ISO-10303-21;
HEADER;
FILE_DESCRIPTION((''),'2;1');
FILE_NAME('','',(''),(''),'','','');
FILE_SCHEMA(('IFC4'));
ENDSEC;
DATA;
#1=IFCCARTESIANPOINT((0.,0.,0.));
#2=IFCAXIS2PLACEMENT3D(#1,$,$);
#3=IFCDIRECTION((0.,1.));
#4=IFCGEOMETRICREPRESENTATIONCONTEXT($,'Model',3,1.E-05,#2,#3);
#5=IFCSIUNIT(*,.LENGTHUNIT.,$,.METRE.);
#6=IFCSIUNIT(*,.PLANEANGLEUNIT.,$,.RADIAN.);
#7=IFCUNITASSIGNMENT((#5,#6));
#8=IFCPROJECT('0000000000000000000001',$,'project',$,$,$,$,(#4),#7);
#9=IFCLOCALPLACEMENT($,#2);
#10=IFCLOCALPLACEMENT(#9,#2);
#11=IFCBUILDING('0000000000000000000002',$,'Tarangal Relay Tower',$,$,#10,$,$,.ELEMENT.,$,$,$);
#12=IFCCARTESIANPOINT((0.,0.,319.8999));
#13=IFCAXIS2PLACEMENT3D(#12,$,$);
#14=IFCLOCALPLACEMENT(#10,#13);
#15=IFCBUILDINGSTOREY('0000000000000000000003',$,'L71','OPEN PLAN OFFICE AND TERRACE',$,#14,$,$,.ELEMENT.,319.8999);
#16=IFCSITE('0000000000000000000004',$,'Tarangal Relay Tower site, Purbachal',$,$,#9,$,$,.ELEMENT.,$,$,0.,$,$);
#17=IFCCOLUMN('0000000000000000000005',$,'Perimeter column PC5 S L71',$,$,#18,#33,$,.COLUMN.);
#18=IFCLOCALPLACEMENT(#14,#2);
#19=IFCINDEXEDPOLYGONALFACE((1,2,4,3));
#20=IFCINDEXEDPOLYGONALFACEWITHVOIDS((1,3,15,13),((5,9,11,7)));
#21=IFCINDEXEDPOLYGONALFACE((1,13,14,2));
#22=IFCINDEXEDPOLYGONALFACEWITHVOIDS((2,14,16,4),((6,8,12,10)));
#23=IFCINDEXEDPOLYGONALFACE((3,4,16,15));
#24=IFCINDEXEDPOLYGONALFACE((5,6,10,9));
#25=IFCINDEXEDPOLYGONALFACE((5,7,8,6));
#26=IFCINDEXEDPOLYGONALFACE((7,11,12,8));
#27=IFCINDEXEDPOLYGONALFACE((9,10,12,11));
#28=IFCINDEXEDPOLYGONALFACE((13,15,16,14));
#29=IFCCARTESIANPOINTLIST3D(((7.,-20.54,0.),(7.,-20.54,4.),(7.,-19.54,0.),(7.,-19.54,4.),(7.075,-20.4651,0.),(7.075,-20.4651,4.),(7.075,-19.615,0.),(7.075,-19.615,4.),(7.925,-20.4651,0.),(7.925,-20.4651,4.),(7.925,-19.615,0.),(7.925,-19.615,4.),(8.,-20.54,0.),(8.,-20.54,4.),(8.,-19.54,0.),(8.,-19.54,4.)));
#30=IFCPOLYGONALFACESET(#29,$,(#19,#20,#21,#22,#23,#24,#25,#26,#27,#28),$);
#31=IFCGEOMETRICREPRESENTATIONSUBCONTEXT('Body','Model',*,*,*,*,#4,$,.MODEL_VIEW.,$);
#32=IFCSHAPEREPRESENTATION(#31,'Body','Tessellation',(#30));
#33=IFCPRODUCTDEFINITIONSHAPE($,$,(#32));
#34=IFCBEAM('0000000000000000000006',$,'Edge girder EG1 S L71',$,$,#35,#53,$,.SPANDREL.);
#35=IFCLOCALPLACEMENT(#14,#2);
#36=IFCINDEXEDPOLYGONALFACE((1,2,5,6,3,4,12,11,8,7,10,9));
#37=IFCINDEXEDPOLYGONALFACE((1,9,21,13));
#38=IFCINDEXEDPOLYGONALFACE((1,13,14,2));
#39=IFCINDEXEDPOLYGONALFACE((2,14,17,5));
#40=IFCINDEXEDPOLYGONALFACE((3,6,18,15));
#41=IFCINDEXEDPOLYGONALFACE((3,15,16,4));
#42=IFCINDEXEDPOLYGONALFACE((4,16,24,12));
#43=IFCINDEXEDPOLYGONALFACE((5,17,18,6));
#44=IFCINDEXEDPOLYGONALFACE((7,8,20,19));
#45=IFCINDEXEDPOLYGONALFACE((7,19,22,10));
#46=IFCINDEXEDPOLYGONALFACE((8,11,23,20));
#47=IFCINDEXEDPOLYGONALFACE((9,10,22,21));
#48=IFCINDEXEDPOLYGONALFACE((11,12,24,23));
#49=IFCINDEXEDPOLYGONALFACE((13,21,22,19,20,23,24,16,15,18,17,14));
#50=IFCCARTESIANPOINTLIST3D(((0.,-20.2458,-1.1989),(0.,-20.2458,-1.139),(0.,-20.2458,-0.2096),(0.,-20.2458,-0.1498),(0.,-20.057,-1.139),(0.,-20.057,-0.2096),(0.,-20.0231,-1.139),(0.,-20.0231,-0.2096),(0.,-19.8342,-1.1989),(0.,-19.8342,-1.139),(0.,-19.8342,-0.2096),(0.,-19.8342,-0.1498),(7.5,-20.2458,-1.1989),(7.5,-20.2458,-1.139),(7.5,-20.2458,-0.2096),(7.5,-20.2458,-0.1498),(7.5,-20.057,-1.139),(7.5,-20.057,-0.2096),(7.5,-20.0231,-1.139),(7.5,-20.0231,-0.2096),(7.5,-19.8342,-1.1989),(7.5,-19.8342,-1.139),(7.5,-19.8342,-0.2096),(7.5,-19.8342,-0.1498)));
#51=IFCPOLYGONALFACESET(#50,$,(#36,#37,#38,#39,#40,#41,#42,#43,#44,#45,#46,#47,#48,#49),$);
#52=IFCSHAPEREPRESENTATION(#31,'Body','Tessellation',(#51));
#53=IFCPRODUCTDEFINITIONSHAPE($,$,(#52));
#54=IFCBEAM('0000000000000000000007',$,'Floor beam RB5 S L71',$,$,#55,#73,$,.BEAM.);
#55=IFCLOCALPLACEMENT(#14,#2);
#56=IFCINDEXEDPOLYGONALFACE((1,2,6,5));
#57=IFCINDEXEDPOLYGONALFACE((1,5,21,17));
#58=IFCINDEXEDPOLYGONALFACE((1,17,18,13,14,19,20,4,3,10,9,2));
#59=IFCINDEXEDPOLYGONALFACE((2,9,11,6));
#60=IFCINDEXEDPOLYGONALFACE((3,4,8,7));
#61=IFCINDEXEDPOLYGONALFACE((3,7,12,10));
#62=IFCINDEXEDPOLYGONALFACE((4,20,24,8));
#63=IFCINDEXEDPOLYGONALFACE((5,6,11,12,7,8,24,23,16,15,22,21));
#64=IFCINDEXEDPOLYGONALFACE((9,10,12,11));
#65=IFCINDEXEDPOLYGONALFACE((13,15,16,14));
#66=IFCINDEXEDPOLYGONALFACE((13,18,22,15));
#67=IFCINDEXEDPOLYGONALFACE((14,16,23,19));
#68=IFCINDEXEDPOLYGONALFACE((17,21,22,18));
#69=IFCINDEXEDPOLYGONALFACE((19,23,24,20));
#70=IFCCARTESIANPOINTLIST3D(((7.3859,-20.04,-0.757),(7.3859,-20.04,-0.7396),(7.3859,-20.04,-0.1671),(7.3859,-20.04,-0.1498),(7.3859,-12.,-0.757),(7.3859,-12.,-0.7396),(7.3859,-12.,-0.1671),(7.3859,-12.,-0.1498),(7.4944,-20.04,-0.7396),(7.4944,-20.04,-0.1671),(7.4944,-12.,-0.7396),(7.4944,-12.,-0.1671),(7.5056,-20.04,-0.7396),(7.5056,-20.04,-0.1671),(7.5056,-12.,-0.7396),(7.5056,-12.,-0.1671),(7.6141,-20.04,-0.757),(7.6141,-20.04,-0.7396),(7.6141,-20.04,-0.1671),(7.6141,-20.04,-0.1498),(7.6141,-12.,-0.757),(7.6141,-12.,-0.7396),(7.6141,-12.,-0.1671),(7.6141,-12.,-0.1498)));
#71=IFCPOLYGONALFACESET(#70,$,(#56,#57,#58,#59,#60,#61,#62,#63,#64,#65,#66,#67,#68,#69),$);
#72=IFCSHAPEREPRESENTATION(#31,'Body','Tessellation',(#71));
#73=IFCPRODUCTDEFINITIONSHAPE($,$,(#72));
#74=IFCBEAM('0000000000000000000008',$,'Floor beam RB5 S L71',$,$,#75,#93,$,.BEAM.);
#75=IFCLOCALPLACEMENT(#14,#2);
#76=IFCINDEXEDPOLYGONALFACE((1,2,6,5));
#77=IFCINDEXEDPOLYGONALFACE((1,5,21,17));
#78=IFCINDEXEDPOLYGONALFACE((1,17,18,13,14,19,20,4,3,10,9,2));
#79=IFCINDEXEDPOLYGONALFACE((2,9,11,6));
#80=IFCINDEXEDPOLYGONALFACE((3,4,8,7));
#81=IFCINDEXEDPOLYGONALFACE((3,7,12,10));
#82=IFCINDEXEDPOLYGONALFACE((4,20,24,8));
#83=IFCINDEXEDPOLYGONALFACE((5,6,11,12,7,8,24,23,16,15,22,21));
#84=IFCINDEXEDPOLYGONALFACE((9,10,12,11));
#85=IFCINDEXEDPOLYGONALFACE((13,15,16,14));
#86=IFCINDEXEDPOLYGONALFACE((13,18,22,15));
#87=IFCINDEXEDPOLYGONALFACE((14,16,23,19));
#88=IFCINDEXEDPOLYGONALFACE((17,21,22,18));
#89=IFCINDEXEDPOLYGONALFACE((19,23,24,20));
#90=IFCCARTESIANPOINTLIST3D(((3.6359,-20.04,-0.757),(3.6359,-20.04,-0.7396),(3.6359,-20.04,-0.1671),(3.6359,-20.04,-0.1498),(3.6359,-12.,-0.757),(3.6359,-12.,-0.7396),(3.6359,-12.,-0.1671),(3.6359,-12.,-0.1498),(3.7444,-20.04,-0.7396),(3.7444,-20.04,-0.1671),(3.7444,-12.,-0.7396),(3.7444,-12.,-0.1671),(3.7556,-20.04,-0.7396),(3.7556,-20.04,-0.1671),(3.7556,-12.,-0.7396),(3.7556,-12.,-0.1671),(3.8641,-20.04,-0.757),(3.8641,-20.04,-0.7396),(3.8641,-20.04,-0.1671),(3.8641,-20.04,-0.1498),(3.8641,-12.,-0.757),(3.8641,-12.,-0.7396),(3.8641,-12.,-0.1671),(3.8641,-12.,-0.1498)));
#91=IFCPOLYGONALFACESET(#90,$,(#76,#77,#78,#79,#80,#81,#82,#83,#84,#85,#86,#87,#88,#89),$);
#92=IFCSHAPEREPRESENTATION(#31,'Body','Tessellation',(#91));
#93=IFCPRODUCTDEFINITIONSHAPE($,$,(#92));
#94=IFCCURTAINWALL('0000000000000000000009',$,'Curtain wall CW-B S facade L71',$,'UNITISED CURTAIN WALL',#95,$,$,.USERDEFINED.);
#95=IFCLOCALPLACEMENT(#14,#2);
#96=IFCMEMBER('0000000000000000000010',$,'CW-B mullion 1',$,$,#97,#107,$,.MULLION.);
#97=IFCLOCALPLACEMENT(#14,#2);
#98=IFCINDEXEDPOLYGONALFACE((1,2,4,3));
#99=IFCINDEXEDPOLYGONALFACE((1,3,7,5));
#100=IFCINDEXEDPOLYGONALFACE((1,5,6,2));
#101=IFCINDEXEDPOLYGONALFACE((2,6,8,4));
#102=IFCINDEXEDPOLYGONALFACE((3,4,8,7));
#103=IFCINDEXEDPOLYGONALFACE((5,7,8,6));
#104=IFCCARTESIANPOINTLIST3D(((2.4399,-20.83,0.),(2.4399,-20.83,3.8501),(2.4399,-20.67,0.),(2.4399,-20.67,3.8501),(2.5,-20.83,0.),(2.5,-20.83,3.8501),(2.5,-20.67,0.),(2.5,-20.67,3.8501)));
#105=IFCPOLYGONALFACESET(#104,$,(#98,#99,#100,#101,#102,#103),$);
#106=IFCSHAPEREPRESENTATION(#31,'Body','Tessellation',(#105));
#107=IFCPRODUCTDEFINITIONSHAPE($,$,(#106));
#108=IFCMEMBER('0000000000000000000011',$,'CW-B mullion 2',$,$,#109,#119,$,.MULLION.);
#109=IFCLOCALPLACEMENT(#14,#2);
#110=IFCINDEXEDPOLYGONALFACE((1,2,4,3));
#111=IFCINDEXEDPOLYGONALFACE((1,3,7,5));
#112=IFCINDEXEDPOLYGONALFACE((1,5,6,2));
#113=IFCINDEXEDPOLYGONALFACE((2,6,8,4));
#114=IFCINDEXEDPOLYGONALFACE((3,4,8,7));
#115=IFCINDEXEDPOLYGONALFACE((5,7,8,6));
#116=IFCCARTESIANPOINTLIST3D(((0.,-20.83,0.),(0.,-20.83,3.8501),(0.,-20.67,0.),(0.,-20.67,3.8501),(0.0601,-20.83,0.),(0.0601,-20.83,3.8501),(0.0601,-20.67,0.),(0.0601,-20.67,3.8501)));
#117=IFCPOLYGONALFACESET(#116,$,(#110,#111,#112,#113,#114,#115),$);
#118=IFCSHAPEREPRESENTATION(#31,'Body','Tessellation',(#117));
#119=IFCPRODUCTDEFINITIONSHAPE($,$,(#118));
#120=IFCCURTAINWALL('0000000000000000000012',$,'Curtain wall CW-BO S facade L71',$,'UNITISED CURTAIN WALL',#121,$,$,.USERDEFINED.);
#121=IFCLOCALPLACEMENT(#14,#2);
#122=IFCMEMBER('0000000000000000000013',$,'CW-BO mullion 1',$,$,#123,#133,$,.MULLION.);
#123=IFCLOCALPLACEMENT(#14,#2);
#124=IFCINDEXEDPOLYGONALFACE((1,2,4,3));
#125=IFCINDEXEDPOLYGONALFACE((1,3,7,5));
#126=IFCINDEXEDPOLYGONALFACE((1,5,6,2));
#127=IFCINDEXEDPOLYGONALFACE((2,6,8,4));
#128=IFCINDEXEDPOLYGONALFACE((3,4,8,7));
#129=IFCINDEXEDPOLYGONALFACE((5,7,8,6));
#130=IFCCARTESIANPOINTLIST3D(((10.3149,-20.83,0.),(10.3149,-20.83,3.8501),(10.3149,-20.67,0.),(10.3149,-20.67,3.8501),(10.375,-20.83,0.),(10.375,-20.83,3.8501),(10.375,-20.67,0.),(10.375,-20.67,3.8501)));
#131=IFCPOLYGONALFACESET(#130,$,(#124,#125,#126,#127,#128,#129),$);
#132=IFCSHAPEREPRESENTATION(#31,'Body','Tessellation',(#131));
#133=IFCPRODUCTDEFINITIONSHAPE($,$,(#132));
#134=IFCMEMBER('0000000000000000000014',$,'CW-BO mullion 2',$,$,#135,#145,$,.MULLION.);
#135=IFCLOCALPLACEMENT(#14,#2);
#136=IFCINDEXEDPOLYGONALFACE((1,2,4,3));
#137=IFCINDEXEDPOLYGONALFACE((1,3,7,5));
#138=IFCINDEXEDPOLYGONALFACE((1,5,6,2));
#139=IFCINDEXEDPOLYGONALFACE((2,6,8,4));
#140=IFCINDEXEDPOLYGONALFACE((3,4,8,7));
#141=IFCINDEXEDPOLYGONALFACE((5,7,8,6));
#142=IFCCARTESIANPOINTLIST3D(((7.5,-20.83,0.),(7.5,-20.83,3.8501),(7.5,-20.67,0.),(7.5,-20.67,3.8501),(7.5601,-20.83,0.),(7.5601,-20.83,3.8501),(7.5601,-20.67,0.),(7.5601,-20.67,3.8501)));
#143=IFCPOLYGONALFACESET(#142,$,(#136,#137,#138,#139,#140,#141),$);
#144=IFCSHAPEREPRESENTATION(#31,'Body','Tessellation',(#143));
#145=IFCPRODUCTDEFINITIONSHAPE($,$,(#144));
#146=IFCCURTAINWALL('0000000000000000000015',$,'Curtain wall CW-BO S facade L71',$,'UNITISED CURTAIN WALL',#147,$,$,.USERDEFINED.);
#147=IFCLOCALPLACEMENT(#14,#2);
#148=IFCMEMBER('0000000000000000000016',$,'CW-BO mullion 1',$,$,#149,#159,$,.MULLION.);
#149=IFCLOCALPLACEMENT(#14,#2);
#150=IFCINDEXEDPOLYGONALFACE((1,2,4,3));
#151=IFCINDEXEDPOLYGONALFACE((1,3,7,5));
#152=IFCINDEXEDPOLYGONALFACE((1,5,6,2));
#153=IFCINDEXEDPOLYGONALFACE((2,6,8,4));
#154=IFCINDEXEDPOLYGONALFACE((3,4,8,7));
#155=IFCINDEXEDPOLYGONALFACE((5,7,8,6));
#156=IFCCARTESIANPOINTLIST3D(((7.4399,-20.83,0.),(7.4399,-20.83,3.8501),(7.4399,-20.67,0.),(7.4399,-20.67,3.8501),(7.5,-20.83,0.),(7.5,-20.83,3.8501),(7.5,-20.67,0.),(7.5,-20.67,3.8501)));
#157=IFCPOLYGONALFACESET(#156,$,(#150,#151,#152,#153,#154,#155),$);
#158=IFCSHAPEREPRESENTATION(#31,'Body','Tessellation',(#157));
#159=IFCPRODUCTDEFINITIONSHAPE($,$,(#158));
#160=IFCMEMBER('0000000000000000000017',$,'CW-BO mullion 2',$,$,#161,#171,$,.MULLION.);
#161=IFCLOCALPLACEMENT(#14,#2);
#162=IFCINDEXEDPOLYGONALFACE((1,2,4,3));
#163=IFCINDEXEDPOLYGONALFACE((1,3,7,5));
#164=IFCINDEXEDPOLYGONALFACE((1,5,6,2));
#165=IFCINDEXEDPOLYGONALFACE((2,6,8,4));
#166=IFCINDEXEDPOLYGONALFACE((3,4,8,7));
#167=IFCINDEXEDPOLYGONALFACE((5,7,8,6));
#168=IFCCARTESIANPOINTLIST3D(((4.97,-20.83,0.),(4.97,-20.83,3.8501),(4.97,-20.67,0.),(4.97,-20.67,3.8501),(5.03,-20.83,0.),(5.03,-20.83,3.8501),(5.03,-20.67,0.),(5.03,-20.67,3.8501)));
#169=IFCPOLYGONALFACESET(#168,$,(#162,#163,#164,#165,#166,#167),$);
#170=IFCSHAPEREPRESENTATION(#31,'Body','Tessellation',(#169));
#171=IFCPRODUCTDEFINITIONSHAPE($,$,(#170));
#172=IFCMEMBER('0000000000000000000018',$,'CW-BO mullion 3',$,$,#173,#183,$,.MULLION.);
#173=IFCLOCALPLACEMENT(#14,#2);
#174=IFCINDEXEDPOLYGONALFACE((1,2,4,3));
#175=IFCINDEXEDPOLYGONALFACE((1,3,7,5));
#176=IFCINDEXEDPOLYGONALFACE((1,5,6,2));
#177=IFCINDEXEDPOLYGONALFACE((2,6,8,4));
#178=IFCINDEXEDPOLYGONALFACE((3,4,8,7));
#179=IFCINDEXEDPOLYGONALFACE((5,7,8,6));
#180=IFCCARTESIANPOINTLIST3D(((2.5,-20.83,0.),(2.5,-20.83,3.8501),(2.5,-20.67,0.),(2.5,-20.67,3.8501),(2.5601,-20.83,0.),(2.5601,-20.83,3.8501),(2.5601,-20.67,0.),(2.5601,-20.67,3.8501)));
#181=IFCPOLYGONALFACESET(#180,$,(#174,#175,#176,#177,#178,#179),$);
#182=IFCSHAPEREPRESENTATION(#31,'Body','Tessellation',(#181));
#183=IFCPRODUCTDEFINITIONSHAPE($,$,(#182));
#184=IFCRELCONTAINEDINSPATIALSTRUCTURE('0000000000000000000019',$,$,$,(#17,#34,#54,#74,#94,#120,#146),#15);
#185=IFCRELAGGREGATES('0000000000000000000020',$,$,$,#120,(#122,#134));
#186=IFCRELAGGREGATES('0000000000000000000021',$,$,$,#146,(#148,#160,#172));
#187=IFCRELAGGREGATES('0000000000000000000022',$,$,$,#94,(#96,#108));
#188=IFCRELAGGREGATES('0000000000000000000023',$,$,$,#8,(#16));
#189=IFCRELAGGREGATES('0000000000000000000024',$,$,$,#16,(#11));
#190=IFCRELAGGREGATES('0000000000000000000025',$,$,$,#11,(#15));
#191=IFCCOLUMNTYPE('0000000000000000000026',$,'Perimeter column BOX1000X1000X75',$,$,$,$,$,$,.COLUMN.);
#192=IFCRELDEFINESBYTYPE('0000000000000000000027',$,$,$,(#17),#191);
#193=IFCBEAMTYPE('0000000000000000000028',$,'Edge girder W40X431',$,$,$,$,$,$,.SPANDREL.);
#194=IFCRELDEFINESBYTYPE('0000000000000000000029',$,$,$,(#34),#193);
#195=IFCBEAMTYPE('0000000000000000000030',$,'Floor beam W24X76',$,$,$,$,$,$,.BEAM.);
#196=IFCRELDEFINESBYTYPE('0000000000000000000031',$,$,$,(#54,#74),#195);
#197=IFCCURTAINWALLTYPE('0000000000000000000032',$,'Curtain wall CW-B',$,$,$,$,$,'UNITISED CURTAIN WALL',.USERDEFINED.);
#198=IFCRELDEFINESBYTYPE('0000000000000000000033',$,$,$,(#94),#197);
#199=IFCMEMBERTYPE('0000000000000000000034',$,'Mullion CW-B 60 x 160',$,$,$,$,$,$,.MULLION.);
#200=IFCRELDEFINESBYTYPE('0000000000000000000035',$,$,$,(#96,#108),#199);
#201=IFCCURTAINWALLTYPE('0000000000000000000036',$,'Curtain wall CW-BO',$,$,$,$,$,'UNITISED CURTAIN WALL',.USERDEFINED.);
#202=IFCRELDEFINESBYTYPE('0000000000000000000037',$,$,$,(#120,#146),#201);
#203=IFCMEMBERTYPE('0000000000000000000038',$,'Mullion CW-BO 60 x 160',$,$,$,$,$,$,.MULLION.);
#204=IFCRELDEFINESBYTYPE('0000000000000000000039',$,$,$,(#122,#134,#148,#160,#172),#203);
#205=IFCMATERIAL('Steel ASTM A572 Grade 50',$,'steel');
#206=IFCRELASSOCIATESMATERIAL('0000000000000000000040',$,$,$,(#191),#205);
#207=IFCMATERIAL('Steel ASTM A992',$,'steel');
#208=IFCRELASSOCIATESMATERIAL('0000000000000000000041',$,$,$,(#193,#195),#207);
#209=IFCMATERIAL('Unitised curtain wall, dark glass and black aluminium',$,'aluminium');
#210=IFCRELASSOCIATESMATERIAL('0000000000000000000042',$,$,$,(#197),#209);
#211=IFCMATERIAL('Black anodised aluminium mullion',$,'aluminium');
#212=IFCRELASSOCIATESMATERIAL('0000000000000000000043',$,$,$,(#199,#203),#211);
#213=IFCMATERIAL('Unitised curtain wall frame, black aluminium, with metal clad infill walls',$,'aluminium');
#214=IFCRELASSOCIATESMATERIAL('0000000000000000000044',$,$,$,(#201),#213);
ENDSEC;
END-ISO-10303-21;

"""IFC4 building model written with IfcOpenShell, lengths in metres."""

from ifc_helpers import new_model, si_unit, direction, frame, origin, origin_2d, place, context, subcontext, project, spatial, rectangle, hollow_rectangle, i_section, extrude, material, material_profile, profile_set, type_object, element, aggregate, save


model = new_model("IFC4")

# Units and contexts
model_context = context("Model", 3, precision=1e-05, world=origin(), true_north=direction((0.0, 1.0)))
body_context = subcontext(model_context, "Body", "Model", "MODEL_VIEW")
ifc_project = project(units=[si_unit("LENGTHUNIT", "METRE"), si_unit("PLANEANGLEUNIT", "RADIAN")], contexts=[model_context])

# Site, building, storey
site_placement = place(None, origin())
site = spatial("IfcSite", under=ifc_project, at=site_placement, Name="Tarangal Relay Tower site, Purbachal", CompositionType="ELEMENT", RefElevation=0.0)
building_placement = place(site_placement, origin())
building = spatial("IfcBuilding", under=site, at=building_placement, Name="Tarangal Relay Tower", CompositionType="ELEMENT")
storey_placement = place(building_placement, frame((0.0, 0.0, 319.8999)))
storey = spatial("IfcBuildingStorey", under=building, at=storey_placement, Name="L71", Description="OPEN PLAN OFFICE AND TERRACE", CompositionType="ELEMENT", Elevation=319.8999)

# Column
ifc_material_1 = material(Name="Steel ASTM A572 Grade 50", Category="steel")
ifc_material_profile_1 = material_profile(ifc_material_1, hollow_rectangle(XDim=1.0, YDim=1.0, WallThickness=0.075, at=origin_2d()), Name="BOX1000X1000X75")
ifc_profile_set_1 = profile_set([ifc_material_profile_1], Name="Steel ASTM A572 Grade 50")
column_type = type_object("IfcColumnType", Name="Perimeter column BOX1000X1000X75", PredefinedType="COLUMN", material=ifc_profile_set_1)
column_placement = place(storey_placement, frame((7.5, -20.04, 0.0), z_axis=(0.0, 0.0, 1.0), x_axis=(1.0, 0.0, 0.0)))
element("IfcColumn", 1, at=column_placement, inside=storey, type_object=column_type, Name="Perimeter column PC5 S L71", PredefinedType="COLUMN", context=body_context, shape_type="SweptSolid", body=[
    extrude(hollow_rectangle(XDim=1.0, YDim=1.0, WallThickness=0.075, at=origin_2d()), origin(), (0.0, 0.0, 1.0), 4.0),
])

# Beams
ifc_material_2 = material(Name="Steel ASTM A992", Category="steel")
ifc_material_profile_2 = material_profile(ifc_material_2, i_section(OverallWidth=0.4116, OverallDepth=1.0491, WebThickness=0.0339, FlangeThickness=0.0598, at=origin_2d()), Name="W40X431")
ifc_profile_set_2 = profile_set([ifc_material_profile_2], Name="Steel ASTM A992")
beam_type_1 = type_object("IfcBeamType", Name="Edge girder W40X431", PredefinedType="SPANDREL", material=ifc_profile_set_2)
beam_placement = place(storey_placement, frame((7.5, -20.04, -0.6743), z_axis=(-1.0, 0.0, 0.0), x_axis=(0.0, -1.0, 0.0)))
element("IfcBeam", 2, at=beam_placement, inside=storey, type_object=beam_type_1, Name="Edge girder EG1 S L71", PredefinedType="SPANDREL", context=body_context, shape_type="SweptSolid", body=[
    extrude(i_section(OverallWidth=0.4116, OverallDepth=1.0491, WebThickness=0.0339, FlangeThickness=0.0598, at=origin_2d()), origin(), (0.0, 0.0, 1.0), 7.5),
])
ifc_material_profile_3 = material_profile(ifc_material_2, i_section(OverallWidth=0.2283, OverallDepth=0.6072, WebThickness=0.0112, FlangeThickness=0.0173, at=origin_2d()), Name="W24X76")
ifc_profile_set_3 = profile_set([ifc_material_profile_3], Name="Steel ASTM A992")
beam_type_2 = type_object("IfcBeamType", Name="Floor beam W24X76", PredefinedType="BEAM", material=ifc_profile_set_3)
for number, where, z_axis, x_axis, name in (
    (3, (7.5, -12.0, -0.4534), (0.0, -1.0, 0.0), (1.0, 0.0, 0.0), "Floor beam RB5 S L71"),
    (4, (3.75, -12.0, -0.4534), (0.0, -1.0, 0.0), (1.0, 0.0, 0.0), "Floor beam RB5 S L71"),
):
    element("IfcBeam", number, at=place(storey_placement, frame(where, z_axis=z_axis, x_axis=x_axis)), inside=storey, type_object=beam_type_2, Name=name, PredefinedType="BEAM", context=body_context, shape_type="SweptSolid", body=[
        extrude(i_section(OverallWidth=0.2283, OverallDepth=0.6072, WebThickness=0.0112, FlangeThickness=0.0173, at=origin_2d()), origin(), (0.0, 0.0, 1.0), 8.04),
    ])

# Curtain walls, members
ifc_material_3 = material(Name="Unitised curtain wall, dark glass and black aluminium", Category="aluminium")
curtain_wall_type_1 = type_object("IfcCurtainWallType", Name="Curtain wall CW-B", ElementType="UNITISED CURTAIN WALL", PredefinedType="USERDEFINED", material=ifc_material_3)
curtain_wall_1_placement = place(storey_placement, origin())
curtain_wall_1 = element("IfcCurtainWall", 5, at=curtain_wall_1_placement, inside=storey, type_object=curtain_wall_type_1, Name="Curtain wall CW-B S facade L71", ObjectType="UNITISED CURTAIN WALL", PredefinedType="USERDEFINED")
ifc_material_4 = material(Name="Black anodised aluminium mullion", Category="aluminium")
ifc_material_profile_4 = material_profile(ifc_material_4, rectangle(XDim=0.1599, YDim=0.0601, at=origin_2d()), Name="CW-BM 60X160")
ifc_profile_set_4 = profile_set([ifc_material_profile_4], Name="Black anodised aluminium mullion")
member_type_1 = type_object("IfcMemberType", Name="Mullion CW-B 60 x 160", PredefinedType="MULLION", material=ifc_profile_set_4)
member_1_placement = place(storey_placement, frame((2.47, -20.75, 0.0), z_axis=(0.0, 0.0, 1.0), x_axis=(0.0, -1.0, 0.0)))
member_1 = element("IfcMember", 6, at=member_1_placement, type_object=member_type_1, Name="CW-B mullion 1", PredefinedType="MULLION", context=body_context, shape_type="SweptSolid", body=[
    extrude(rectangle(XDim=0.1599, YDim=0.0601, at=origin_2d()), origin(), (0.0, 0.0, 1.0), 3.8501),
])
member_2_placement = place(storey_placement, frame((0.03, -20.75, 0.0), z_axis=(0.0, 0.0, 1.0), x_axis=(0.0, -1.0, 0.0)))
member_2 = element("IfcMember", 7, at=member_2_placement, type_object=member_type_1, Name="CW-B mullion 2", PredefinedType="MULLION", context=body_context, shape_type="SweptSolid", body=[
    extrude(rectangle(XDim=0.1599, YDim=0.0601, at=origin_2d()), origin(), (0.0, 0.0, 1.0), 3.8501),
])
ifc_material_5 = material(Name="Unitised curtain wall frame, black aluminium, with metal clad infill walls", Category="aluminium")
curtain_wall_type_2 = type_object("IfcCurtainWallType", Name="Curtain wall CW-BO", ElementType="UNITISED CURTAIN WALL", PredefinedType="USERDEFINED", material=ifc_material_5)
curtain_wall_2_placement = place(storey_placement, origin())
curtain_wall_2 = element("IfcCurtainWall", 8, at=curtain_wall_2_placement, inside=storey, type_object=curtain_wall_type_2, Name="Curtain wall CW-BO S facade L71", ObjectType="UNITISED CURTAIN WALL", PredefinedType="USERDEFINED")
ifc_material_profile_5 = material_profile(ifc_material_4, rectangle(XDim=0.1599, YDim=0.0601, at=origin_2d()), Name="CW-BOM 60X160")
ifc_profile_set_5 = profile_set([ifc_material_profile_5], Name="Black anodised aluminium mullion")
member_type_2 = type_object("IfcMemberType", Name="Mullion CW-BO 60 x 160", PredefinedType="MULLION", material=ifc_profile_set_5)
member_3_placement = place(storey_placement, frame((10.345, -20.75, 0.0), z_axis=(0.0, 0.0, 1.0), x_axis=(0.0, -1.0, 0.0)))
member_3 = element("IfcMember", 9, at=member_3_placement, type_object=member_type_2, Name="CW-BO mullion 1", PredefinedType="MULLION", context=body_context, shape_type="SweptSolid", body=[
    extrude(rectangle(XDim=0.1599, YDim=0.0601, at=origin_2d()), origin(), (0.0, 0.0, 1.0), 3.8501),
])
member_4_placement = place(storey_placement, frame((7.53, -20.75, 0.0), z_axis=(0.0, 0.0, 1.0), x_axis=(0.0, -1.0, 0.0)))
member_4 = element("IfcMember", 10, at=member_4_placement, type_object=member_type_2, Name="CW-BO mullion 2", PredefinedType="MULLION", context=body_context, shape_type="SweptSolid", body=[
    extrude(rectangle(XDim=0.1599, YDim=0.0601, at=origin_2d()), origin(), (0.0, 0.0, 1.0), 3.8501),
])
curtain_wall_3_placement = place(storey_placement, origin())
curtain_wall_3 = element("IfcCurtainWall", 11, at=curtain_wall_3_placement, inside=storey, type_object=curtain_wall_type_2, Name="Curtain wall CW-BO S facade L71", ObjectType="UNITISED CURTAIN WALL", PredefinedType="USERDEFINED")
member_5_placement = place(storey_placement, frame((7.47, -20.75, 0.0), z_axis=(0.0, 0.0, 1.0), x_axis=(0.0, -1.0, 0.0)))
member_5 = element("IfcMember", 12, at=member_5_placement, type_object=member_type_2, Name="CW-BO mullion 1", PredefinedType="MULLION", context=body_context, shape_type="SweptSolid", body=[
    extrude(rectangle(XDim=0.1599, YDim=0.0601, at=origin_2d()), origin(), (0.0, 0.0, 1.0), 3.8501),
])
member_6_placement = place(storey_placement, frame((5.0, -20.75, 0.0), z_axis=(0.0, 0.0, 1.0), x_axis=(0.0, -1.0, 0.0)))
member_6 = element("IfcMember", 13, at=member_6_placement, type_object=member_type_2, Name="CW-BO mullion 2", PredefinedType="MULLION", context=body_context, shape_type="SweptSolid", body=[
    extrude(rectangle(XDim=0.1599, YDim=0.0601, at=origin_2d()), origin(), (0.0, 0.0, 1.0), 3.8501),
])
member_7_placement = place(storey_placement, frame((2.53, -20.75, 0.0), z_axis=(0.0, 0.0, 1.0), x_axis=(0.0, -1.0, 0.0)))
member_7 = element("IfcMember", 14, at=member_7_placement, type_object=member_type_2, Name="CW-BO mullion 3", PredefinedType="MULLION", context=body_context, shape_type="SweptSolid", body=[
    extrude(rectangle(XDim=0.1599, YDim=0.0601, at=origin_2d()), origin(), (0.0, 0.0, 1.0), 3.8501),
])

aggregate(curtain_wall_2, [member_3, member_4])
aggregate(curtain_wall_3, [member_5, member_6, member_7])

aggregate(curtain_wall_1, [member_1, member_2])

save(model, "model.ifc")
